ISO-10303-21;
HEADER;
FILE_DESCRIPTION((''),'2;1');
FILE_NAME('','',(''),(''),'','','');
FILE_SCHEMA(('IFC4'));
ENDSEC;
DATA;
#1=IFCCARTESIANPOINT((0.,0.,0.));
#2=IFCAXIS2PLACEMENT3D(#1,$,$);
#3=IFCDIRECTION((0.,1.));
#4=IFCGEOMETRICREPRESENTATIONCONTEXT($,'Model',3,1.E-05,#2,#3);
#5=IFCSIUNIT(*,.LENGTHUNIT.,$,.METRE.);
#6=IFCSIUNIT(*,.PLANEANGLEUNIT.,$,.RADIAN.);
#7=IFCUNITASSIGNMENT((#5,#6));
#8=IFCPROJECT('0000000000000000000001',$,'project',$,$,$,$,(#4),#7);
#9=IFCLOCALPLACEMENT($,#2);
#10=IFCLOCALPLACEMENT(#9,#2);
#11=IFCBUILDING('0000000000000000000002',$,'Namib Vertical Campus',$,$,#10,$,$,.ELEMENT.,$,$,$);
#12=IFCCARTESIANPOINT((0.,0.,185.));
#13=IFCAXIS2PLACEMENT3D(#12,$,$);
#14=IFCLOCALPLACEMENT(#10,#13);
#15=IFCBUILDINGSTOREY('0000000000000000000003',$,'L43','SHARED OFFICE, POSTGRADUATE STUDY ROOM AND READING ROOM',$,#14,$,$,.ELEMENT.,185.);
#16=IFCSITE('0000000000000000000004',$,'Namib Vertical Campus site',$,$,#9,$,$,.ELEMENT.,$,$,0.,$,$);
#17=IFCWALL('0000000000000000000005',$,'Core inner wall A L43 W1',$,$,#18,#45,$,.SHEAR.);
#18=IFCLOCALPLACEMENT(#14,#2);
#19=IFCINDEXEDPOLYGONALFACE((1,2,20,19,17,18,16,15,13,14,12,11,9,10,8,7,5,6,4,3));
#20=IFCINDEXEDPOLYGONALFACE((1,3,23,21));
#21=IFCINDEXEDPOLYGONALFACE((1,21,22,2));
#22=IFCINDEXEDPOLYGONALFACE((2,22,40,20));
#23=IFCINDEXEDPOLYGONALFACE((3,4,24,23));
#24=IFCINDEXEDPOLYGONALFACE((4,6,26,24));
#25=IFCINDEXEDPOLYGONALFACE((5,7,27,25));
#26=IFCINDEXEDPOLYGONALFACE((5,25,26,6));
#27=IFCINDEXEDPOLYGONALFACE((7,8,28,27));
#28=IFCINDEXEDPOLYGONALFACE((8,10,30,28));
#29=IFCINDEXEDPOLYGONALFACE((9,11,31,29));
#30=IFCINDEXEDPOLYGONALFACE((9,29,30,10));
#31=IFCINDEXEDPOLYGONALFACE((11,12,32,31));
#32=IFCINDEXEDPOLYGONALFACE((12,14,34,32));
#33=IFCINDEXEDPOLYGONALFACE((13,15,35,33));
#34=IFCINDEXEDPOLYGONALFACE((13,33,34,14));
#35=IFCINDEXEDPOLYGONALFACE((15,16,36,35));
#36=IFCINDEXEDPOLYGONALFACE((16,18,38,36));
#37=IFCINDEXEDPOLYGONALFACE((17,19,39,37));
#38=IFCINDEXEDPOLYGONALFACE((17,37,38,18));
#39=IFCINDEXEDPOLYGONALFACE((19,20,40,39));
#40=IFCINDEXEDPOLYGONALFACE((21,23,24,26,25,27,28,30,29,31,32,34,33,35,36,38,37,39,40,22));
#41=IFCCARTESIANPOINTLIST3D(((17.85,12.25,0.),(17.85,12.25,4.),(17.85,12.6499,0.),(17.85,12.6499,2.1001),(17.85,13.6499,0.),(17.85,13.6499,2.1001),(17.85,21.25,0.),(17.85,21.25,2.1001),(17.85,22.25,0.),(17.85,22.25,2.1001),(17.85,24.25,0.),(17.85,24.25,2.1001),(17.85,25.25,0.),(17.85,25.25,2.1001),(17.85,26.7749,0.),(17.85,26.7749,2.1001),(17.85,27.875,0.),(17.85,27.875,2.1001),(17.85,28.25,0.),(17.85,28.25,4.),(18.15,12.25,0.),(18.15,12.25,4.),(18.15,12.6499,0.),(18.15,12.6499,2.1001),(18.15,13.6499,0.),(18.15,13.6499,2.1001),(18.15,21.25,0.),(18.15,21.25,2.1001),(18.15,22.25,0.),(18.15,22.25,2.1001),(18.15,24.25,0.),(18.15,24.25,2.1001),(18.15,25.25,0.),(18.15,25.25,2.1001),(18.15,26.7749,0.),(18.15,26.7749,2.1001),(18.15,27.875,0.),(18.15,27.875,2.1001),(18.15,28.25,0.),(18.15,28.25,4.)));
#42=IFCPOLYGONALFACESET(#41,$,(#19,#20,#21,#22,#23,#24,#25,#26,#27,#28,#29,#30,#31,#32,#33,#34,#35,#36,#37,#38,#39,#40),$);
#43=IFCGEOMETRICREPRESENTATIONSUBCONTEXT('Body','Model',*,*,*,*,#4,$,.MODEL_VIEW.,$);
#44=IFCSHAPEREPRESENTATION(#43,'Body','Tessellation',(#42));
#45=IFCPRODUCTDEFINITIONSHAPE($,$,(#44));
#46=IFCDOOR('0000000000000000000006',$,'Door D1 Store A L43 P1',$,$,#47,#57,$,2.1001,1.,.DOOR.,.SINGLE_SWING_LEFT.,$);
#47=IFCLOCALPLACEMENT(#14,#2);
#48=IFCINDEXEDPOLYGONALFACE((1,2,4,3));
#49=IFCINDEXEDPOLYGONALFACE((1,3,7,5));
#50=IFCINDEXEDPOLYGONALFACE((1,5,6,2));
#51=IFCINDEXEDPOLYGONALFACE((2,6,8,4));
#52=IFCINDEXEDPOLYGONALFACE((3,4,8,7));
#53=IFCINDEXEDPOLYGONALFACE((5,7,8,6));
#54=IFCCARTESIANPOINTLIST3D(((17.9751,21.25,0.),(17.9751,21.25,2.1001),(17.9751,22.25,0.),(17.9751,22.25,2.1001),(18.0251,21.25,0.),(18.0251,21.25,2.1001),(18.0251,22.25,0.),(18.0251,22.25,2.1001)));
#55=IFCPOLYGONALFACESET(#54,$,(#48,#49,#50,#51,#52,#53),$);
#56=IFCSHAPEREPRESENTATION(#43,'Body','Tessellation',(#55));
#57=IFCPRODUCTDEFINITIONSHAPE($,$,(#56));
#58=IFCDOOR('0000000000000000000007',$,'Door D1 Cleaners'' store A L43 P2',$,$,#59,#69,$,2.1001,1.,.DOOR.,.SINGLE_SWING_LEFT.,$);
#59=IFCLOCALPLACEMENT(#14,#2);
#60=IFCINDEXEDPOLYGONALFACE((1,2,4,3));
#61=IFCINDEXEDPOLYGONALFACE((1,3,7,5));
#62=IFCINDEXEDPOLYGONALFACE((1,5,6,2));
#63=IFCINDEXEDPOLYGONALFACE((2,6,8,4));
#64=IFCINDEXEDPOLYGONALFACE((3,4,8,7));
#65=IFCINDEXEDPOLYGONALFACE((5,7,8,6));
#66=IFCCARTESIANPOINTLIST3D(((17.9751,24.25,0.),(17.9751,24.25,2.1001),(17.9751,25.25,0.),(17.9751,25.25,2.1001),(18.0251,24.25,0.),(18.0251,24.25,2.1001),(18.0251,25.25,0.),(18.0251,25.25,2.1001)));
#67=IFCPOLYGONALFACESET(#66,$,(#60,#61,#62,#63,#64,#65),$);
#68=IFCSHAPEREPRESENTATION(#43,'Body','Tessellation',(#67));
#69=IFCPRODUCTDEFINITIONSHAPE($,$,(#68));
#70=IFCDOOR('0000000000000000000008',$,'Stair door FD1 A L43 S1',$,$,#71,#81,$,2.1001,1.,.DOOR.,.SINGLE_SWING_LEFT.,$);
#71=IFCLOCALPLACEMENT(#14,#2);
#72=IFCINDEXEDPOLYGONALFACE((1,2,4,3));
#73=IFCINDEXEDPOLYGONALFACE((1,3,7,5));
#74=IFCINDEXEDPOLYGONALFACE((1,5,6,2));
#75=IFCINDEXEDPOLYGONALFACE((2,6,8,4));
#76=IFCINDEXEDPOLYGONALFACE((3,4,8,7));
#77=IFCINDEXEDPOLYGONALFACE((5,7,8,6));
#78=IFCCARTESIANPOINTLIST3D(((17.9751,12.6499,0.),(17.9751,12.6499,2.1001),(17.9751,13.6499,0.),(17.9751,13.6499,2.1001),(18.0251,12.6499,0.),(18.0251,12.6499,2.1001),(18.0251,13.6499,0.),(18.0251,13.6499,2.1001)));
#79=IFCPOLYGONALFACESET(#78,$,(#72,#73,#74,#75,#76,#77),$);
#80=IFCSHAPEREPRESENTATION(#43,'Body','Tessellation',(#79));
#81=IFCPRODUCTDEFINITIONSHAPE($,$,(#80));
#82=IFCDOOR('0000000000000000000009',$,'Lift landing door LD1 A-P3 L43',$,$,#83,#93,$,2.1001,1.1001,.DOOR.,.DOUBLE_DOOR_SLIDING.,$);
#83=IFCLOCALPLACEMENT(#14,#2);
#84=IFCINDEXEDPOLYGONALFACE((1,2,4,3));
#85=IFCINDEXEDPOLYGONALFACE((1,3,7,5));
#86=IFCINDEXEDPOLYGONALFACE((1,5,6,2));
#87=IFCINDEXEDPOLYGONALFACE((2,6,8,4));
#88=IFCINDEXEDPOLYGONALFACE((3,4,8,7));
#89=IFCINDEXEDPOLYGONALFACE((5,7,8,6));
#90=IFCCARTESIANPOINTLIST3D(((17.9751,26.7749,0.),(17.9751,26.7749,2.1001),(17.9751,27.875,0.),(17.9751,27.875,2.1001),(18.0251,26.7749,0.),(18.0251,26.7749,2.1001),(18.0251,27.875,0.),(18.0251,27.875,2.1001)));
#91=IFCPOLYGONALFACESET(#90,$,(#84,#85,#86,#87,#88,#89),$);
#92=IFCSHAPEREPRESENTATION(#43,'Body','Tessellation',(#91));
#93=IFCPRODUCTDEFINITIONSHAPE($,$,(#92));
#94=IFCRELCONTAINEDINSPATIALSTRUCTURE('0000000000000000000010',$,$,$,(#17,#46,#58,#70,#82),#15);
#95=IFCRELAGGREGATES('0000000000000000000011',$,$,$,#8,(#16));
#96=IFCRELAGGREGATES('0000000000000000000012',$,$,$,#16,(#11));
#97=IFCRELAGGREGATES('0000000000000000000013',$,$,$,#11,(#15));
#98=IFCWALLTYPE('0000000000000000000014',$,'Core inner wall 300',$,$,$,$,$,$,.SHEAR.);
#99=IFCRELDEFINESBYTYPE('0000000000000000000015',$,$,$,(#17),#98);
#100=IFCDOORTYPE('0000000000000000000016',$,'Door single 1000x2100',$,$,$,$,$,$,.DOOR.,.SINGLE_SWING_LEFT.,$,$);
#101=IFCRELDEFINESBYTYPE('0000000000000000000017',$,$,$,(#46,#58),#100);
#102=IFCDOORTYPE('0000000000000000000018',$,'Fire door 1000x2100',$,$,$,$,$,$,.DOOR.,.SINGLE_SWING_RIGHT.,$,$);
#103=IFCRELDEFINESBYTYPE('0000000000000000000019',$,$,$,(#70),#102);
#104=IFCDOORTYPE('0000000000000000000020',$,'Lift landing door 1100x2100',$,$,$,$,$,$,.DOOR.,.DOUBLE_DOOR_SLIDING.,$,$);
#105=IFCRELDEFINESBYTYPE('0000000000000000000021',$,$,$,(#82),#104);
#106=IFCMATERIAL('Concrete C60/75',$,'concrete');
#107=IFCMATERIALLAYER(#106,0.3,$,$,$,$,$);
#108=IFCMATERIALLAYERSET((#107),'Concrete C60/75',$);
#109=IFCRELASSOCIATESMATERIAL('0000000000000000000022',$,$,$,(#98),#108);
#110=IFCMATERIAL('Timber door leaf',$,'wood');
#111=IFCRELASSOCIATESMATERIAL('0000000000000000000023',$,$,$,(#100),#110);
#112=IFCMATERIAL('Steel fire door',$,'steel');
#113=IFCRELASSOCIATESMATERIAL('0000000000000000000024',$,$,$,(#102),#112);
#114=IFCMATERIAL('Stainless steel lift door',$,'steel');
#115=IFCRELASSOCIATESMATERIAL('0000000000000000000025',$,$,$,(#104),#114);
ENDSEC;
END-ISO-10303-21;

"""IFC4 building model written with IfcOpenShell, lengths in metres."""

from ifc_helpers import new_model, si_unit, direction, frame, frame_2d, origin, place, context, subcontext, project, spatial, rectangle, extrude, material, layer, layer_set, type_object, element, fill, save


model = new_model("IFC4")

# Units and contexts
model_context = context("Model", 3, precision=1e-05, world=origin(), true_north=direction((0.0, 1.0)))
body_context = subcontext(model_context, "Body", "Model", "MODEL_VIEW")
ifc_project = project(units=[si_unit("LENGTHUNIT", "METRE"), si_unit("PLANEANGLEUNIT", "RADIAN")], contexts=[model_context])

# Site, building, storey
site_placement = place(None, origin())
site = spatial("IfcSite", under=ifc_project, at=site_placement, Name="Namib Vertical Campus site", CompositionType="ELEMENT", RefElevation=0.0)
building_placement = place(site_placement, origin())
building = spatial("IfcBuilding", under=site, at=building_placement, Name="Namib Vertical Campus", CompositionType="ELEMENT")
storey_placement = place(building_placement, frame((0.0, 0.0, 185.0)))
storey = spatial("IfcBuildingStorey", under=building, at=storey_placement, Name="L43", Description="SHARED OFFICE, POSTGRADUATE STUDY ROOM AND READING ROOM", CompositionType="ELEMENT", Elevation=185.0)

# Wall, openings, doors
ifc_material_1 = material(Name="Concrete C60/75", Category="concrete")
ifc_layer_1 = layer(ifc_material_1, 0.3)
ifc_layer_set_1 = layer_set([ifc_layer_1], Name="Concrete C60/75")
wall_type_1 = type_object("IfcWallType", Name="Core inner wall 300", PredefinedType="SHEAR", material=ifc_layer_set_1)
wall_1_placement = place(storey_placement, frame((18.0, 12.25, 0.0), z_axis=(0.0, 0.0, 1.0), x_axis=(0.0, 1.0, 0.0)))
wall_1 = element("IfcWall", 1, at=wall_1_placement, inside=storey, type_object=wall_type_1, Name="Core inner wall A L43 W1", PredefinedType="SHEAR", context=body_context, shape_type="SweptSolid", body=[
    extrude(rectangle(XDim=16.0, YDim=0.3, at=frame_2d((8.0, 0.0))), origin(), (0.0, 0.0, 1.0), 4.0),
])
opening_1_placement = place(wall_1_placement, frame((0.3999, 0.0, 0.0)))
opening_1 = element("IfcOpeningElement", 2, at=opening_1_placement, cuts=wall_1, PredefinedType="OPENING", context=body_context, shape_type="SweptSolid", body=[
    extrude(rectangle(XDim=1.0, YDim=2.1001, at=frame_2d((0.5, 1.05))), frame((0.0, 0.1599, 0.0), z_axis=(0.0, -1.0, 0.0), x_axis=(1.0, 0.0, 0.0)), (0.0, 0.0, 1.0), 0.3201),
])
opening_2_placement = place(wall_1_placement, frame((14.5249, 0.0, 0.0)))
opening_2 = element("IfcOpeningElement", 3, at=opening_2_placement, cuts=wall_1, PredefinedType="OPENING", context=body_context, shape_type="SweptSolid", body=[
    extrude(rectangle(XDim=1.1001, YDim=2.1001, at=frame_2d((0.55, 1.05))), frame((0.0, 0.1599, 0.0), z_axis=(0.0, -1.0, 0.0), x_axis=(1.0, 0.0, 0.0)), (0.0, 0.0, 1.0), 0.3201),
])
opening_3_placement = place(wall_1_placement, frame((9.0, 0.0, 0.0)))
opening_3 = element("IfcOpeningElement", 4, at=opening_3_placement, cuts=wall_1, PredefinedType="OPENING", context=body_context, shape_type="SweptSolid", body=[
    extrude(rectangle(XDim=1.0, YDim=2.1001, at=frame_2d((0.5, 1.05))), frame((0.0, 0.1599, 0.0), z_axis=(0.0, -1.0, 0.0), x_axis=(1.0, 0.0, 0.0)), (0.0, 0.0, 1.0), 0.3201),
])
opening_4_placement = place(wall_1_placement, frame((12.0, 0.0, 0.0)))
opening_4 = element("IfcOpeningElement", 5, at=opening_4_placement, cuts=wall_1, PredefinedType="OPENING", context=body_context, shape_type="SweptSolid", body=[
    extrude(rectangle(XDim=1.0, YDim=2.1001, at=frame_2d((0.5, 1.05))), frame((0.0, 0.1599, 0.0), z_axis=(0.0, -1.0, 0.0), x_axis=(1.0, 0.0, 0.0)), (0.0, 0.0, 1.0), 0.3201),
])
ifc_material_2 = material(Name="Timber door leaf", Category="wood")
door_type_1 = type_object("IfcDoorType", Name="Door single 1000x2100", OperationType="SINGLE_SWING_LEFT", PredefinedType="DOOR", material=ifc_material_2)
door_1_placement = place(opening_3_placement, origin())
door_1 = element("IfcDoor", 6, at=door_1_placement, inside=storey, type_object=door_type_1, Name="Door D1 Store A L43 P1", OperationType="SINGLE_SWING_LEFT", OverallHeight=2.1001, OverallWidth=1.0, PredefinedType="DOOR", context=body_context, shape_type="SweptSolid", body=[
    extrude(rectangle(XDim=1.0, YDim=2.1001, at=frame_2d((0.5, 1.05))), frame((0.0, 0.0249, 0.0), z_axis=(0.0, -1.0, 0.0), x_axis=(1.0, 0.0, 0.0)), (0.0, 0.0, 1.0), 0.05),
])
fill(opening_3, door_1)
door_2_placement = place(opening_4_placement, origin())
door_2 = element("IfcDoor", 7, at=door_2_placement, inside=storey, type_object=door_type_1, Name="Door D1 Cleaners' store A L43 P2", OperationType="SINGLE_SWING_LEFT", OverallHeight=2.1001, OverallWidth=1.0, PredefinedType="DOOR", context=body_context, shape_type="SweptSolid", body=[
    extrude(rectangle(XDim=1.0, YDim=2.1001, at=frame_2d((0.5, 1.05))), frame((0.0, 0.0249, 0.0), z_axis=(0.0, -1.0, 0.0), x_axis=(1.0, 0.0, 0.0)), (0.0, 0.0, 1.0), 0.05),
])
fill(opening_4, door_2)
ifc_material_3 = material(Name="Steel fire door", Category="steel")
door_type_2 = type_object("IfcDoorType", Name="Fire door 1000x2100", OperationType="SINGLE_SWING_RIGHT", PredefinedType="DOOR", material=ifc_material_3)
door_3_placement = place(opening_1_placement, origin())
door_3 = element("IfcDoor", 8, at=door_3_placement, inside=storey, type_object=door_type_2, Name="Stair door FD1 A L43 S1", OperationType="SINGLE_SWING_LEFT", OverallHeight=2.1001, OverallWidth=1.0, PredefinedType="DOOR", context=body_context, shape_type="SweptSolid", body=[
    extrude(rectangle(XDim=1.0, YDim=2.1001, at=frame_2d((0.5, 1.05))), frame((0.0, 0.0249, 0.0), z_axis=(0.0, -1.0, 0.0), x_axis=(1.0, 0.0, 0.0)), (0.0, 0.0, 1.0), 0.05),
])
fill(opening_1, door_3)
ifc_material_4 = material(Name="Stainless steel lift door", Category="steel")
door_type_3 = type_object("IfcDoorType", Name="Lift landing door 1100x2100", OperationType="DOUBLE_DOOR_SLIDING", PredefinedType="DOOR", material=ifc_material_4)
door_4_placement = place(opening_2_placement, origin())
door_4 = element("IfcDoor", 9, at=door_4_placement, inside=storey, type_object=door_type_3, Name="Lift landing door LD1 A-P3 L43", OperationType="DOUBLE_DOOR_SLIDING", OverallHeight=2.1001, OverallWidth=1.1001, PredefinedType="DOOR", context=body_context, shape_type="SweptSolid", body=[
    extrude(rectangle(XDim=1.1001, YDim=2.1001, at=frame_2d((0.55, 1.05))), frame((0.0, 0.0249, 0.0), z_axis=(0.0, -1.0, 0.0), x_axis=(1.0, 0.0, 0.0)), (0.0, 0.0, 1.0), 0.05),
])
fill(opening_2, door_4)

save(model, "model.ifc")
